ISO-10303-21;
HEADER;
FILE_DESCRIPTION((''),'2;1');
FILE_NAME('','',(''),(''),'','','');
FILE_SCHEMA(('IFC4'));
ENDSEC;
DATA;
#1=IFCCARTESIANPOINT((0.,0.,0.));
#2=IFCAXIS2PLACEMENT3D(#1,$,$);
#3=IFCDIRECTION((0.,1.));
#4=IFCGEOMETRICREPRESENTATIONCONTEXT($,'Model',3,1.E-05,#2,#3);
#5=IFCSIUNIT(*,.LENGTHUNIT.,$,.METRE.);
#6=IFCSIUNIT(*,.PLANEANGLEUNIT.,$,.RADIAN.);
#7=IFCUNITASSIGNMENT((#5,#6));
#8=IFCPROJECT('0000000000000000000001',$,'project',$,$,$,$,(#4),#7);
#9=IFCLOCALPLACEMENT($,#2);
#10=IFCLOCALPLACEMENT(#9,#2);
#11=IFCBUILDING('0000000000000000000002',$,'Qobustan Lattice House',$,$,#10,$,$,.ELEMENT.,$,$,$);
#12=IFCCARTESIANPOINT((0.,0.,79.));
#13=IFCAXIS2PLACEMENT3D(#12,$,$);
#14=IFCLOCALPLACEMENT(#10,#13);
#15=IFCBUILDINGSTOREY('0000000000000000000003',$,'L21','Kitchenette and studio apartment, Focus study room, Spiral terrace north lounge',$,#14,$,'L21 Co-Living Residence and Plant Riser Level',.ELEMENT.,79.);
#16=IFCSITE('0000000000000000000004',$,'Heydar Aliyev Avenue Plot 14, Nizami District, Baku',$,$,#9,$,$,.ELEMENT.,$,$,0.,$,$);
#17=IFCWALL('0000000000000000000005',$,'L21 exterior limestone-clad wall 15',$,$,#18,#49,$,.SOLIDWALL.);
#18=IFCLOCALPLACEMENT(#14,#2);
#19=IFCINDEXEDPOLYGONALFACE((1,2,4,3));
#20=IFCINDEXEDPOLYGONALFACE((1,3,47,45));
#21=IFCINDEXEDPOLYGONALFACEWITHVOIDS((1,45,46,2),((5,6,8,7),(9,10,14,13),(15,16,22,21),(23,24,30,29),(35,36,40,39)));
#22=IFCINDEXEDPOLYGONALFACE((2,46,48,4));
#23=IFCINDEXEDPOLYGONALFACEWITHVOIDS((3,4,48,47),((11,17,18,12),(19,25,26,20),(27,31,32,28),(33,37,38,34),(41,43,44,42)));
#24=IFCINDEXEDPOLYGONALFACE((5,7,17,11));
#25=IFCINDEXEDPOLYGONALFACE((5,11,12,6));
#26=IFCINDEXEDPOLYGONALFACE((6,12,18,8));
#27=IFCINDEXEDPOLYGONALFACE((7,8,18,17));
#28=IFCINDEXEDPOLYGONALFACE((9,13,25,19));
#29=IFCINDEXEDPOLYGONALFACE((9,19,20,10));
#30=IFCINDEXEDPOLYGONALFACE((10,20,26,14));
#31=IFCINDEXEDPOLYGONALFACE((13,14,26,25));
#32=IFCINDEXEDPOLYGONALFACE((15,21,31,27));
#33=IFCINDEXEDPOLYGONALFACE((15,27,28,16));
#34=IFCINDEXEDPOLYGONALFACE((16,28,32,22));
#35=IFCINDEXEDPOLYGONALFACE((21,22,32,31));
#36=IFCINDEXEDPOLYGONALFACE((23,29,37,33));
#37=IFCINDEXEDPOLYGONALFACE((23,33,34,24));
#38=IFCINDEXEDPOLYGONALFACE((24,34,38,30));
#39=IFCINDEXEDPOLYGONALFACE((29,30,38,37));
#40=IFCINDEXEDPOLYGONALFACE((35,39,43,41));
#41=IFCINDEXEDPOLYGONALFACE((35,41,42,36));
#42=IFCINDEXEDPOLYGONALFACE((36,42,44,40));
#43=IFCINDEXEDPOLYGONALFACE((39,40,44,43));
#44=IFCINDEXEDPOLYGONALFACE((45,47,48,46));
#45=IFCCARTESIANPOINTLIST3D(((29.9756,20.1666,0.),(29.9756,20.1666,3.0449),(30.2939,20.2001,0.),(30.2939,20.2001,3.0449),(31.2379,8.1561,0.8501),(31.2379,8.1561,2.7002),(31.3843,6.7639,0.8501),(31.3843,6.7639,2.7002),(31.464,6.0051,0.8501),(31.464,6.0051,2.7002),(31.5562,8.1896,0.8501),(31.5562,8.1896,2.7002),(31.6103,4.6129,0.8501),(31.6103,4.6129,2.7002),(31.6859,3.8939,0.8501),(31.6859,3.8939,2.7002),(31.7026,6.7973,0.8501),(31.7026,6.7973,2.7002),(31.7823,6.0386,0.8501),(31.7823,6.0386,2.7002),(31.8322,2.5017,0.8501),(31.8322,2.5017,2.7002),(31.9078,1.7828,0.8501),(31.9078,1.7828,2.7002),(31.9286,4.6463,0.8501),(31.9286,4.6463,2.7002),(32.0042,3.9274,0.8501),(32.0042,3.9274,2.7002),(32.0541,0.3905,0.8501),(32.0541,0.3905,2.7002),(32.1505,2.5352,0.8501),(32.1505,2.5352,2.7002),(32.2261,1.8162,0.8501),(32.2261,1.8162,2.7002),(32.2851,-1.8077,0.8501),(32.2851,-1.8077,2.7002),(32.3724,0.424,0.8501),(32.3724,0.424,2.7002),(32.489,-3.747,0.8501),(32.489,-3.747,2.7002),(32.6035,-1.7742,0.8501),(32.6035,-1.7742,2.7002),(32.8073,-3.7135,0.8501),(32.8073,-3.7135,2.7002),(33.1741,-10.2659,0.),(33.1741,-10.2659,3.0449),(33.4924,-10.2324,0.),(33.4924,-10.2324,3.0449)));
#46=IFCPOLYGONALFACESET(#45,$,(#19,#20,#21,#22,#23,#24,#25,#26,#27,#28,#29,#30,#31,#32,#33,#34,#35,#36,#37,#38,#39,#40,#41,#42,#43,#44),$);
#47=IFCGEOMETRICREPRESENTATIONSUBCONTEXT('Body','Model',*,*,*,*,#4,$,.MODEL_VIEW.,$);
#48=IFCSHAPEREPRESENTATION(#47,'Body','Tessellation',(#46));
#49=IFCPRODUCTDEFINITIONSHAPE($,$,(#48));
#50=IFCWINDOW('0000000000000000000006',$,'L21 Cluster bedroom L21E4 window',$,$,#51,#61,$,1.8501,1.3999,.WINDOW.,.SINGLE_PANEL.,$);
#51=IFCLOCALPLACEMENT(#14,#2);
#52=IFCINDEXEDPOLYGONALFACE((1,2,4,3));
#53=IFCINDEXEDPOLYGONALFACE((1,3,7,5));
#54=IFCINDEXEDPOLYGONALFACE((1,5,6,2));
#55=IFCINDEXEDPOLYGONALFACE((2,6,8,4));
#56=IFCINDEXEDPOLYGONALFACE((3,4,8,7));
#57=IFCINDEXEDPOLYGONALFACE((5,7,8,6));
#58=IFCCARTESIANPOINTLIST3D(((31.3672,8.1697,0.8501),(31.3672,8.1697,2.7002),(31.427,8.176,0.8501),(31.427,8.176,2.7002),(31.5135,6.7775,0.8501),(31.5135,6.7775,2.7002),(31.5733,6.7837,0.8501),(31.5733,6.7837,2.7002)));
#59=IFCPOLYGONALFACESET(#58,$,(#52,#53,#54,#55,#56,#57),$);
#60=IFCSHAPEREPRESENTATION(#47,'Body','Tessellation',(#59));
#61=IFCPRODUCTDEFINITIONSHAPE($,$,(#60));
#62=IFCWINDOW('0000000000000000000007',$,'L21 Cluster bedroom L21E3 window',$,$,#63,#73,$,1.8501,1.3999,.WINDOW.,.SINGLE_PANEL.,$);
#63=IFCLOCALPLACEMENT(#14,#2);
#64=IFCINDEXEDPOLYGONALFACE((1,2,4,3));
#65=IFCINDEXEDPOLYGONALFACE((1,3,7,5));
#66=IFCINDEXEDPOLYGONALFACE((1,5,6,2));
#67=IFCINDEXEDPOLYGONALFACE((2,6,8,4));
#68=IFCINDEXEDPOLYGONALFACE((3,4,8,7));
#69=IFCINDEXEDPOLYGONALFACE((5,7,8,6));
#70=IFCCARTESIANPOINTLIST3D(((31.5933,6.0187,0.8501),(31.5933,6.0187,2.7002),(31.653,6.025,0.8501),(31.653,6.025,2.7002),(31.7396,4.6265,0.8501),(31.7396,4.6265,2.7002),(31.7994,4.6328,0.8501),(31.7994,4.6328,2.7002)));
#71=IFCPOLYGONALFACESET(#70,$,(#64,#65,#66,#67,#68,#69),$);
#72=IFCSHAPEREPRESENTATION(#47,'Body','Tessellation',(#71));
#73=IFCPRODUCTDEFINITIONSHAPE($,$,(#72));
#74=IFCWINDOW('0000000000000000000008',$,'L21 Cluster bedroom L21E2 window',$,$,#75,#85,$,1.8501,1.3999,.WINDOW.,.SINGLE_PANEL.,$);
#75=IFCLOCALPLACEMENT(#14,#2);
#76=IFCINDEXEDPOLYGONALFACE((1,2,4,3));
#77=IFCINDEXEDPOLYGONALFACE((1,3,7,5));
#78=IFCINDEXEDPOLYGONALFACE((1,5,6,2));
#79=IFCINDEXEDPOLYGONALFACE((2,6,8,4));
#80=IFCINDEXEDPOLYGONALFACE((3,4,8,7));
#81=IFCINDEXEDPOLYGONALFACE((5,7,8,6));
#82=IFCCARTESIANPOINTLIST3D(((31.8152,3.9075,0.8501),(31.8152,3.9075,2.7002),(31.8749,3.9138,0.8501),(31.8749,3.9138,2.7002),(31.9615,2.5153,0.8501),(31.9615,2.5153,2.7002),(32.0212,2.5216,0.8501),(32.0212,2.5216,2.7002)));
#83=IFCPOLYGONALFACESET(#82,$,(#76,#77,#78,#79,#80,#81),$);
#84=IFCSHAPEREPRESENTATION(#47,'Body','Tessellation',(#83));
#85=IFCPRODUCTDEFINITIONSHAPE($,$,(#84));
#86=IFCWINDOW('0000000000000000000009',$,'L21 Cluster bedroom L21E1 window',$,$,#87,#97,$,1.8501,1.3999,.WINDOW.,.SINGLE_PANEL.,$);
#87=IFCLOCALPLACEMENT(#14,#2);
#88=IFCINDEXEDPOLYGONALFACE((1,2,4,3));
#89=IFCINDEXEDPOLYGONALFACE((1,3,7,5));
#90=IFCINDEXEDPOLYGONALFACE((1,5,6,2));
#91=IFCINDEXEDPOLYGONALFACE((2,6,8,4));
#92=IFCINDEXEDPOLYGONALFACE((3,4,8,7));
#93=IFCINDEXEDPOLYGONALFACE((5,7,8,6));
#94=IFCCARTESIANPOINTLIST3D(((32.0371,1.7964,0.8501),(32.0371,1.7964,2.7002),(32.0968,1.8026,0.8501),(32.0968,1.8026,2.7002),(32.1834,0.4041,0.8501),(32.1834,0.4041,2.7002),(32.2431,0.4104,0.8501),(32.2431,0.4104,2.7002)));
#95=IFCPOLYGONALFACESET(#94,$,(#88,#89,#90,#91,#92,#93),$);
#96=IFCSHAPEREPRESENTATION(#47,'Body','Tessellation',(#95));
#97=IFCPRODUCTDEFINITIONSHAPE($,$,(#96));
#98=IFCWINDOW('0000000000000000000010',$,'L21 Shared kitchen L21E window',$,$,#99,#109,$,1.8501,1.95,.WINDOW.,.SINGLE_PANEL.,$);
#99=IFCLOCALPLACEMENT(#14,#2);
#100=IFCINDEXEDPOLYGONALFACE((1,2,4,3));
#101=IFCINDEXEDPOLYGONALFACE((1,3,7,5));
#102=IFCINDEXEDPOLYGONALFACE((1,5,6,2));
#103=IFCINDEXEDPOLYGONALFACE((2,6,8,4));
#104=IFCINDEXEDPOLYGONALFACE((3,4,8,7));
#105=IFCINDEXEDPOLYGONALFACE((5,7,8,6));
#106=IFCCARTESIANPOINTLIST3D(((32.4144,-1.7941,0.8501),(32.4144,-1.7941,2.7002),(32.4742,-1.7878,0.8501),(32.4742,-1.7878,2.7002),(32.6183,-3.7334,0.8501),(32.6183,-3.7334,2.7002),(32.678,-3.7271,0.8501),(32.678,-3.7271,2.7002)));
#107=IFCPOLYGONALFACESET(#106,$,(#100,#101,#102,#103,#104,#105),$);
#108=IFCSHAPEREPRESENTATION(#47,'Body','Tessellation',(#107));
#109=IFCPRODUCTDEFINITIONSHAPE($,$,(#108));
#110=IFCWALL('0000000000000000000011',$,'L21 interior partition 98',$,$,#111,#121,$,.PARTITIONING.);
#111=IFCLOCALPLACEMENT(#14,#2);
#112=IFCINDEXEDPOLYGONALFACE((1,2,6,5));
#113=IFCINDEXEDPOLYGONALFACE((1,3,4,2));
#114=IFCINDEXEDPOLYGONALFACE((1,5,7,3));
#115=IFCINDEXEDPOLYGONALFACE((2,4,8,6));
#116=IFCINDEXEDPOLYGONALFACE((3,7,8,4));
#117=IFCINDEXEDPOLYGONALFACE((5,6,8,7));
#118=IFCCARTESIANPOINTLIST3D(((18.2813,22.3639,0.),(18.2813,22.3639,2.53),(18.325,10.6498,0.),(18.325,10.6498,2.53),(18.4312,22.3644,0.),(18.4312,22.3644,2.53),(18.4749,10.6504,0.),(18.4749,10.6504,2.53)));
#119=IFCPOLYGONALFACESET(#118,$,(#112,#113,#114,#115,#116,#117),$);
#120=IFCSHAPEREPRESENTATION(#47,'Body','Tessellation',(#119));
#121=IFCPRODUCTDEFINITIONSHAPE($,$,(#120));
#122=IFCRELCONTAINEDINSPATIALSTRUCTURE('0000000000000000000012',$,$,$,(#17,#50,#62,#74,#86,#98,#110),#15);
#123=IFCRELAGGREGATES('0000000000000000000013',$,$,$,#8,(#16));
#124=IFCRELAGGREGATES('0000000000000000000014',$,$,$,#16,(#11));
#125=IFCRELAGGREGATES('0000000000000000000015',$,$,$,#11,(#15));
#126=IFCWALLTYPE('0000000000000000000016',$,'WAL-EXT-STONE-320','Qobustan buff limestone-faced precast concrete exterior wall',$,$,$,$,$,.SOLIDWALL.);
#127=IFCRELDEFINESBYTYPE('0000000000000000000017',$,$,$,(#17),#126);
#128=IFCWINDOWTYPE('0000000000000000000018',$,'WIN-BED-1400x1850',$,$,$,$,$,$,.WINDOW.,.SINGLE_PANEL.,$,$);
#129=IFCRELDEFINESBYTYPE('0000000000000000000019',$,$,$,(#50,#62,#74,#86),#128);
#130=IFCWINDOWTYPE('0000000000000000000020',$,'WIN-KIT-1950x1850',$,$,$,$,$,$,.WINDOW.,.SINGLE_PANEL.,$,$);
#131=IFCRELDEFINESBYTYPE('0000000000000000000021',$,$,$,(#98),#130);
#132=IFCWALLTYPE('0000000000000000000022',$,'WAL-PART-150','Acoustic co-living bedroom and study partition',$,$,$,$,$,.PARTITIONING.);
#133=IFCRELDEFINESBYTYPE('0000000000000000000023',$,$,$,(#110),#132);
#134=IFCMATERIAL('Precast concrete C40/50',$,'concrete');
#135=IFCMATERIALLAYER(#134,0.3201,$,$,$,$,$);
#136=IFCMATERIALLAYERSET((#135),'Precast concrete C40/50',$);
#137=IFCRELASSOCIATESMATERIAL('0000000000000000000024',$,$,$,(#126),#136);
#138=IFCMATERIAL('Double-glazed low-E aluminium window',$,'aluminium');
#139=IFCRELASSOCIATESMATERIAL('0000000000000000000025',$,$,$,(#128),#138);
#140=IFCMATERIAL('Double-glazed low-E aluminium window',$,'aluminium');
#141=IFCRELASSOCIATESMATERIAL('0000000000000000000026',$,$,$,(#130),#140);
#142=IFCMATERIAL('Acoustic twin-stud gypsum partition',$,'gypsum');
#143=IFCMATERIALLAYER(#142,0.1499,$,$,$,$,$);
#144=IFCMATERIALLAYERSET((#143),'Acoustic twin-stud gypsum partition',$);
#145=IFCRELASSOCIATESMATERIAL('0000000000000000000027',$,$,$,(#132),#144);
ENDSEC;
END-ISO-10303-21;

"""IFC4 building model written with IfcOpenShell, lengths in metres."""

from ifc_helpers import new_model, si_unit, direction, frame, frame_2d, origin, place, context, subcontext, project, spatial, rectangle, extrude, material, layer, layer_set, type_object, element, fill, save


model = new_model("IFC4")

# Units and contexts
model_context = context("Model", 3, precision=1e-05, world=origin(), true_north=direction((0.0, 1.0)))
body_context = subcontext(model_context, "Body", "Model", "MODEL_VIEW")
ifc_project = project(units=[si_unit("LENGTHUNIT", "METRE"), si_unit("PLANEANGLEUNIT", "RADIAN")], contexts=[model_context])

# Site, building, storey
site_placement = place(None, origin())
site = spatial("IfcSite", under=ifc_project, at=site_placement, Name="Heydar Aliyev Avenue Plot 14, Nizami District, Baku", CompositionType="ELEMENT", RefElevation=0.0)
building_placement = place(site_placement, origin())
building = spatial("IfcBuilding", under=site, at=building_placement, Name="Qobustan Lattice House", CompositionType="ELEMENT")
storey_placement = place(building_placement, frame((0.0, 0.0, 79.0)))
storey = spatial("IfcBuildingStorey", under=building, at=storey_placement, Name="L21", Description="Kitchenette and studio apartment, Focus study room, Spiral terrace north lounge", LongName="L21 Co-Living Residence and Plant Riser Level", CompositionType="ELEMENT", Elevation=79.0)

# Shared definitions
ifc_material_1 = material(Name="Precast concrete C40/50", Category="concrete")
ifc_layer_1 = layer(ifc_material_1, 0.3201)
ifc_layer_set_1 = layer_set([ifc_layer_1], Name="Precast concrete C40/50")
wall_type_1 = type_object("IfcWallType", Name="WAL-EXT-STONE-320", Description="Qobustan buff limestone-faced precast concrete exterior wall", PredefinedType="SOLIDWALL", material=ifc_layer_set_1)

# Wall, openings, windows
wall_1_placement = place(storey_placement, frame((30.1348, 20.1833, 0.0), z_axis=(0.0, 0.0, 1.0), x_axis=(0.104526, -0.994522, 0.0)))
wall_1 = element("IfcWall", 1, at=wall_1_placement, inside=storey, type_object=wall_type_1, Name="L21 exterior limestone-clad wall 15", PredefinedType="SOLIDWALL", context=body_context, shape_type="SweptSolid", body=[
    extrude(rectangle(XDim=30.6001, YDim=0.3201, at=frame_2d((15.3, 0.0))), origin(), (0.0, 0.0, 1.0), 3.0449),
])
opening_1_placement = place(wall_1_placement, frame((12.0767, 0.0, 0.8501)))
opening_1 = element("IfcOpeningElement", 2, at=opening_1_placement, cuts=wall_1, PredefinedType="OPENING", context=body_context, shape_type="SweptSolid", body=[
    extrude(rectangle(XDim=1.3999, YDim=1.8501, at=frame_2d((0.7, 0.925))), frame((0.0, 0.1699, 0.0), z_axis=(0.0, -1.0, 0.0), x_axis=(1.0, 0.0, 0.0)), (0.0, 0.0, 1.0), 0.3401),
])
opening_2_placement = place(wall_1_placement, frame((14.2395, 0.0, 0.8501)))
opening_2 = element("IfcOpeningElement", 3, at=opening_2_placement, cuts=wall_1, PredefinedType="OPENING", context=body_context, shape_type="SweptSolid", body=[
    extrude(rectangle(XDim=1.3999, YDim=1.8501, at=frame_2d((0.7, 0.925))), frame((0.0, 0.1699, 0.0), z_axis=(0.0, -1.0, 0.0), x_axis=(1.0, 0.0, 0.0)), (0.0, 0.0, 1.0), 0.3401),
])
opening_3_placement = place(wall_1_placement, frame((16.3623, 0.0, 0.8501)))
opening_3 = element("IfcOpeningElement", 4, at=opening_3_placement, cuts=wall_1, PredefinedType="OPENING", context=body_context, shape_type="SweptSolid", body=[
    extrude(rectangle(XDim=1.3999, YDim=1.8501, at=frame_2d((0.7, 0.925))), frame((0.0, 0.1699, 0.0), z_axis=(0.0, -1.0, 0.0), x_axis=(1.0, 0.0, 0.0)), (0.0, 0.0, 1.0), 0.3401),
])
opening_4_placement = place(wall_1_placement, frame((18.4851, 0.0, 0.8501)))
opening_4 = element("IfcOpeningElement", 5, at=opening_4_placement, cuts=wall_1, PredefinedType="OPENING", context=body_context, shape_type="SweptSolid", body=[
    extrude(rectangle(XDim=1.3999, YDim=1.8501, at=frame_2d((0.7, 0.925))), frame((0.0, 0.1699, 0.0), z_axis=(0.0, -1.0, 0.0), x_axis=(1.0, 0.0, 0.0)), (0.0, 0.0, 1.0), 0.3401),
])
opening_5_placement = place(wall_1_placement, frame((22.0952, 0.0, 0.8501)))
opening_5 = element("IfcOpeningElement", 6, at=opening_5_placement, cuts=wall_1, PredefinedType="OPENING", context=body_context, shape_type="SweptSolid", body=[
    extrude(rectangle(XDim=1.95, YDim=1.8501, at=frame_2d((0.9751, 0.925))), frame((0.0, 0.1699, 0.0), z_axis=(0.0, -1.0, 0.0), x_axis=(1.0, 0.0, 0.0)), (0.0, 0.0, 1.0), 0.3401),
])
ifc_material_2 = material(Name="Double-glazed low-E aluminium window", Category="aluminium")
window_type_1 = type_object("IfcWindowType", Name="WIN-BED-1400x1850", PartitioningType="SINGLE_PANEL", PredefinedType="WINDOW", material=ifc_material_2)
window_1_placement = place(opening_1_placement, origin())
window_1 = element("IfcWindow", 7, at=window_1_placement, inside=storey, type_object=window_type_1, Name="L21 Cluster bedroom L21E4 window", OverallHeight=1.8501, OverallWidth=1.3999, PartitioningType="SINGLE_PANEL", PredefinedType="WINDOW", context=body_context, shape_type="SweptSolid", body=[
    extrude(rectangle(XDim=1.3999, YDim=1.8501, at=frame_2d((0.7, 0.925))), frame((0.0, 0.03, 0.0), z_axis=(0.0, -1.0, 0.0), x_axis=(1.0, 0.0, 0.0)), (0.0, 0.0, 1.0), 0.0601),
])
fill(opening_1, window_1)
window_2_placement = place(opening_2_placement, origin())
window_2 = element("IfcWindow", 8, at=window_2_placement, inside=storey, type_object=window_type_1, Name="L21 Cluster bedroom L21E3 window", OverallHeight=1.8501, OverallWidth=1.3999, PartitioningType="SINGLE_PANEL", PredefinedType="WINDOW", context=body_context, shape_type="SweptSolid", body=[
    extrude(rectangle(XDim=1.3999, YDim=1.8501, at=frame_2d((0.7, 0.925))), frame((0.0, 0.03, 0.0), z_axis=(0.0, -1.0, 0.0), x_axis=(1.0, 0.0, 0.0)), (0.0, 0.0, 1.0), 0.0601),
])
fill(opening_2, window_2)
window_3_placement = place(opening_3_placement, origin())
window_3 = element("IfcWindow", 9, at=window_3_placement, inside=storey, type_object=window_type_1, Name="L21 Cluster bedroom L21E2 window", OverallHeight=1.8501, OverallWidth=1.3999, PartitioningType="SINGLE_PANEL", PredefinedType="WINDOW", context=body_context, shape_type="SweptSolid", body=[
    extrude(rectangle(XDim=1.3999, YDim=1.8501, at=frame_2d((0.7, 0.925))), frame((0.0, 0.03, 0.0), z_axis=(0.0, -1.0, 0.0), x_axis=(1.0, 0.0, 0.0)), (0.0, 0.0, 1.0), 0.0601),
])
fill(opening_3, window_3)
window_4_placement = place(opening_4_placement, origin())
window_4 = element("IfcWindow", 10, at=window_4_placement, inside=storey, type_object=window_type_1, Name="L21 Cluster bedroom L21E1 window", OverallHeight=1.8501, OverallWidth=1.3999, PartitioningType="SINGLE_PANEL", PredefinedType="WINDOW", context=body_context, shape_type="SweptSolid", body=[
    extrude(rectangle(XDim=1.3999, YDim=1.8501, at=frame_2d((0.7, 0.925))), frame((0.0, 0.03, 0.0), z_axis=(0.0, -1.0, 0.0), x_axis=(1.0, 0.0, 0.0)), (0.0, 0.0, 1.0), 0.0601),
])
fill(opening_4, window_4)
ifc_material_3 = material(Name="Double-glazed low-E aluminium window", Category="aluminium")
window_type_2 = type_object("IfcWindowType", Name="WIN-KIT-1950x1850", PartitioningType="SINGLE_PANEL", PredefinedType="WINDOW", material=ifc_material_3)
window_5_placement = place(opening_5_placement, origin())
window_5 = element("IfcWindow", 11, at=window_5_placement, inside=storey, type_object=window_type_2, Name="L21 Shared kitchen L21E window", OverallHeight=1.8501, OverallWidth=1.95, PartitioningType="SINGLE_PANEL", PredefinedType="WINDOW", context=body_context, shape_type="SweptSolid", body=[
    extrude(rectangle(XDim=1.95, YDim=1.8501, at=frame_2d((0.9751, 0.925))), frame((0.0, 0.03, 0.0), z_axis=(0.0, -1.0, 0.0), x_axis=(1.0, 0.0, 0.0)), (0.0, 0.0, 1.0), 0.0601),
])
fill(opening_5, window_5)

# Wall
ifc_material_4 = material(Name="Acoustic twin-stud gypsum partition", Category="gypsum")
ifc_layer_2 = layer(ifc_material_4, 0.1499)
ifc_layer_set_2 = layer_set([ifc_layer_2], Name="Acoustic twin-stud gypsum partition")
wall_type_2 = type_object("IfcWallType", Name="WAL-PART-150", Description="Acoustic co-living bedroom and study partition", PredefinedType="PARTITIONING", material=ifc_layer_set_2)
wall_2_placement = place(storey_placement, frame((18.3562, 22.364, 0.0), z_axis=(0.0, 0.0, 1.0), x_axis=(0.003731, -0.999993, 0.0)))
element("IfcWall", 12, at=wall_2_placement, inside=storey, type_object=wall_type_2, Name="L21 interior partition 98", PredefinedType="PARTITIONING", context=body_context, shape_type="SweptSolid", body=[
    extrude(rectangle(XDim=11.7141, YDim=0.1499, at=frame_2d((5.8569, 0.0))), origin(), (0.0, 0.0, 1.0), 2.53),
])

save(model, "model.ifc")
